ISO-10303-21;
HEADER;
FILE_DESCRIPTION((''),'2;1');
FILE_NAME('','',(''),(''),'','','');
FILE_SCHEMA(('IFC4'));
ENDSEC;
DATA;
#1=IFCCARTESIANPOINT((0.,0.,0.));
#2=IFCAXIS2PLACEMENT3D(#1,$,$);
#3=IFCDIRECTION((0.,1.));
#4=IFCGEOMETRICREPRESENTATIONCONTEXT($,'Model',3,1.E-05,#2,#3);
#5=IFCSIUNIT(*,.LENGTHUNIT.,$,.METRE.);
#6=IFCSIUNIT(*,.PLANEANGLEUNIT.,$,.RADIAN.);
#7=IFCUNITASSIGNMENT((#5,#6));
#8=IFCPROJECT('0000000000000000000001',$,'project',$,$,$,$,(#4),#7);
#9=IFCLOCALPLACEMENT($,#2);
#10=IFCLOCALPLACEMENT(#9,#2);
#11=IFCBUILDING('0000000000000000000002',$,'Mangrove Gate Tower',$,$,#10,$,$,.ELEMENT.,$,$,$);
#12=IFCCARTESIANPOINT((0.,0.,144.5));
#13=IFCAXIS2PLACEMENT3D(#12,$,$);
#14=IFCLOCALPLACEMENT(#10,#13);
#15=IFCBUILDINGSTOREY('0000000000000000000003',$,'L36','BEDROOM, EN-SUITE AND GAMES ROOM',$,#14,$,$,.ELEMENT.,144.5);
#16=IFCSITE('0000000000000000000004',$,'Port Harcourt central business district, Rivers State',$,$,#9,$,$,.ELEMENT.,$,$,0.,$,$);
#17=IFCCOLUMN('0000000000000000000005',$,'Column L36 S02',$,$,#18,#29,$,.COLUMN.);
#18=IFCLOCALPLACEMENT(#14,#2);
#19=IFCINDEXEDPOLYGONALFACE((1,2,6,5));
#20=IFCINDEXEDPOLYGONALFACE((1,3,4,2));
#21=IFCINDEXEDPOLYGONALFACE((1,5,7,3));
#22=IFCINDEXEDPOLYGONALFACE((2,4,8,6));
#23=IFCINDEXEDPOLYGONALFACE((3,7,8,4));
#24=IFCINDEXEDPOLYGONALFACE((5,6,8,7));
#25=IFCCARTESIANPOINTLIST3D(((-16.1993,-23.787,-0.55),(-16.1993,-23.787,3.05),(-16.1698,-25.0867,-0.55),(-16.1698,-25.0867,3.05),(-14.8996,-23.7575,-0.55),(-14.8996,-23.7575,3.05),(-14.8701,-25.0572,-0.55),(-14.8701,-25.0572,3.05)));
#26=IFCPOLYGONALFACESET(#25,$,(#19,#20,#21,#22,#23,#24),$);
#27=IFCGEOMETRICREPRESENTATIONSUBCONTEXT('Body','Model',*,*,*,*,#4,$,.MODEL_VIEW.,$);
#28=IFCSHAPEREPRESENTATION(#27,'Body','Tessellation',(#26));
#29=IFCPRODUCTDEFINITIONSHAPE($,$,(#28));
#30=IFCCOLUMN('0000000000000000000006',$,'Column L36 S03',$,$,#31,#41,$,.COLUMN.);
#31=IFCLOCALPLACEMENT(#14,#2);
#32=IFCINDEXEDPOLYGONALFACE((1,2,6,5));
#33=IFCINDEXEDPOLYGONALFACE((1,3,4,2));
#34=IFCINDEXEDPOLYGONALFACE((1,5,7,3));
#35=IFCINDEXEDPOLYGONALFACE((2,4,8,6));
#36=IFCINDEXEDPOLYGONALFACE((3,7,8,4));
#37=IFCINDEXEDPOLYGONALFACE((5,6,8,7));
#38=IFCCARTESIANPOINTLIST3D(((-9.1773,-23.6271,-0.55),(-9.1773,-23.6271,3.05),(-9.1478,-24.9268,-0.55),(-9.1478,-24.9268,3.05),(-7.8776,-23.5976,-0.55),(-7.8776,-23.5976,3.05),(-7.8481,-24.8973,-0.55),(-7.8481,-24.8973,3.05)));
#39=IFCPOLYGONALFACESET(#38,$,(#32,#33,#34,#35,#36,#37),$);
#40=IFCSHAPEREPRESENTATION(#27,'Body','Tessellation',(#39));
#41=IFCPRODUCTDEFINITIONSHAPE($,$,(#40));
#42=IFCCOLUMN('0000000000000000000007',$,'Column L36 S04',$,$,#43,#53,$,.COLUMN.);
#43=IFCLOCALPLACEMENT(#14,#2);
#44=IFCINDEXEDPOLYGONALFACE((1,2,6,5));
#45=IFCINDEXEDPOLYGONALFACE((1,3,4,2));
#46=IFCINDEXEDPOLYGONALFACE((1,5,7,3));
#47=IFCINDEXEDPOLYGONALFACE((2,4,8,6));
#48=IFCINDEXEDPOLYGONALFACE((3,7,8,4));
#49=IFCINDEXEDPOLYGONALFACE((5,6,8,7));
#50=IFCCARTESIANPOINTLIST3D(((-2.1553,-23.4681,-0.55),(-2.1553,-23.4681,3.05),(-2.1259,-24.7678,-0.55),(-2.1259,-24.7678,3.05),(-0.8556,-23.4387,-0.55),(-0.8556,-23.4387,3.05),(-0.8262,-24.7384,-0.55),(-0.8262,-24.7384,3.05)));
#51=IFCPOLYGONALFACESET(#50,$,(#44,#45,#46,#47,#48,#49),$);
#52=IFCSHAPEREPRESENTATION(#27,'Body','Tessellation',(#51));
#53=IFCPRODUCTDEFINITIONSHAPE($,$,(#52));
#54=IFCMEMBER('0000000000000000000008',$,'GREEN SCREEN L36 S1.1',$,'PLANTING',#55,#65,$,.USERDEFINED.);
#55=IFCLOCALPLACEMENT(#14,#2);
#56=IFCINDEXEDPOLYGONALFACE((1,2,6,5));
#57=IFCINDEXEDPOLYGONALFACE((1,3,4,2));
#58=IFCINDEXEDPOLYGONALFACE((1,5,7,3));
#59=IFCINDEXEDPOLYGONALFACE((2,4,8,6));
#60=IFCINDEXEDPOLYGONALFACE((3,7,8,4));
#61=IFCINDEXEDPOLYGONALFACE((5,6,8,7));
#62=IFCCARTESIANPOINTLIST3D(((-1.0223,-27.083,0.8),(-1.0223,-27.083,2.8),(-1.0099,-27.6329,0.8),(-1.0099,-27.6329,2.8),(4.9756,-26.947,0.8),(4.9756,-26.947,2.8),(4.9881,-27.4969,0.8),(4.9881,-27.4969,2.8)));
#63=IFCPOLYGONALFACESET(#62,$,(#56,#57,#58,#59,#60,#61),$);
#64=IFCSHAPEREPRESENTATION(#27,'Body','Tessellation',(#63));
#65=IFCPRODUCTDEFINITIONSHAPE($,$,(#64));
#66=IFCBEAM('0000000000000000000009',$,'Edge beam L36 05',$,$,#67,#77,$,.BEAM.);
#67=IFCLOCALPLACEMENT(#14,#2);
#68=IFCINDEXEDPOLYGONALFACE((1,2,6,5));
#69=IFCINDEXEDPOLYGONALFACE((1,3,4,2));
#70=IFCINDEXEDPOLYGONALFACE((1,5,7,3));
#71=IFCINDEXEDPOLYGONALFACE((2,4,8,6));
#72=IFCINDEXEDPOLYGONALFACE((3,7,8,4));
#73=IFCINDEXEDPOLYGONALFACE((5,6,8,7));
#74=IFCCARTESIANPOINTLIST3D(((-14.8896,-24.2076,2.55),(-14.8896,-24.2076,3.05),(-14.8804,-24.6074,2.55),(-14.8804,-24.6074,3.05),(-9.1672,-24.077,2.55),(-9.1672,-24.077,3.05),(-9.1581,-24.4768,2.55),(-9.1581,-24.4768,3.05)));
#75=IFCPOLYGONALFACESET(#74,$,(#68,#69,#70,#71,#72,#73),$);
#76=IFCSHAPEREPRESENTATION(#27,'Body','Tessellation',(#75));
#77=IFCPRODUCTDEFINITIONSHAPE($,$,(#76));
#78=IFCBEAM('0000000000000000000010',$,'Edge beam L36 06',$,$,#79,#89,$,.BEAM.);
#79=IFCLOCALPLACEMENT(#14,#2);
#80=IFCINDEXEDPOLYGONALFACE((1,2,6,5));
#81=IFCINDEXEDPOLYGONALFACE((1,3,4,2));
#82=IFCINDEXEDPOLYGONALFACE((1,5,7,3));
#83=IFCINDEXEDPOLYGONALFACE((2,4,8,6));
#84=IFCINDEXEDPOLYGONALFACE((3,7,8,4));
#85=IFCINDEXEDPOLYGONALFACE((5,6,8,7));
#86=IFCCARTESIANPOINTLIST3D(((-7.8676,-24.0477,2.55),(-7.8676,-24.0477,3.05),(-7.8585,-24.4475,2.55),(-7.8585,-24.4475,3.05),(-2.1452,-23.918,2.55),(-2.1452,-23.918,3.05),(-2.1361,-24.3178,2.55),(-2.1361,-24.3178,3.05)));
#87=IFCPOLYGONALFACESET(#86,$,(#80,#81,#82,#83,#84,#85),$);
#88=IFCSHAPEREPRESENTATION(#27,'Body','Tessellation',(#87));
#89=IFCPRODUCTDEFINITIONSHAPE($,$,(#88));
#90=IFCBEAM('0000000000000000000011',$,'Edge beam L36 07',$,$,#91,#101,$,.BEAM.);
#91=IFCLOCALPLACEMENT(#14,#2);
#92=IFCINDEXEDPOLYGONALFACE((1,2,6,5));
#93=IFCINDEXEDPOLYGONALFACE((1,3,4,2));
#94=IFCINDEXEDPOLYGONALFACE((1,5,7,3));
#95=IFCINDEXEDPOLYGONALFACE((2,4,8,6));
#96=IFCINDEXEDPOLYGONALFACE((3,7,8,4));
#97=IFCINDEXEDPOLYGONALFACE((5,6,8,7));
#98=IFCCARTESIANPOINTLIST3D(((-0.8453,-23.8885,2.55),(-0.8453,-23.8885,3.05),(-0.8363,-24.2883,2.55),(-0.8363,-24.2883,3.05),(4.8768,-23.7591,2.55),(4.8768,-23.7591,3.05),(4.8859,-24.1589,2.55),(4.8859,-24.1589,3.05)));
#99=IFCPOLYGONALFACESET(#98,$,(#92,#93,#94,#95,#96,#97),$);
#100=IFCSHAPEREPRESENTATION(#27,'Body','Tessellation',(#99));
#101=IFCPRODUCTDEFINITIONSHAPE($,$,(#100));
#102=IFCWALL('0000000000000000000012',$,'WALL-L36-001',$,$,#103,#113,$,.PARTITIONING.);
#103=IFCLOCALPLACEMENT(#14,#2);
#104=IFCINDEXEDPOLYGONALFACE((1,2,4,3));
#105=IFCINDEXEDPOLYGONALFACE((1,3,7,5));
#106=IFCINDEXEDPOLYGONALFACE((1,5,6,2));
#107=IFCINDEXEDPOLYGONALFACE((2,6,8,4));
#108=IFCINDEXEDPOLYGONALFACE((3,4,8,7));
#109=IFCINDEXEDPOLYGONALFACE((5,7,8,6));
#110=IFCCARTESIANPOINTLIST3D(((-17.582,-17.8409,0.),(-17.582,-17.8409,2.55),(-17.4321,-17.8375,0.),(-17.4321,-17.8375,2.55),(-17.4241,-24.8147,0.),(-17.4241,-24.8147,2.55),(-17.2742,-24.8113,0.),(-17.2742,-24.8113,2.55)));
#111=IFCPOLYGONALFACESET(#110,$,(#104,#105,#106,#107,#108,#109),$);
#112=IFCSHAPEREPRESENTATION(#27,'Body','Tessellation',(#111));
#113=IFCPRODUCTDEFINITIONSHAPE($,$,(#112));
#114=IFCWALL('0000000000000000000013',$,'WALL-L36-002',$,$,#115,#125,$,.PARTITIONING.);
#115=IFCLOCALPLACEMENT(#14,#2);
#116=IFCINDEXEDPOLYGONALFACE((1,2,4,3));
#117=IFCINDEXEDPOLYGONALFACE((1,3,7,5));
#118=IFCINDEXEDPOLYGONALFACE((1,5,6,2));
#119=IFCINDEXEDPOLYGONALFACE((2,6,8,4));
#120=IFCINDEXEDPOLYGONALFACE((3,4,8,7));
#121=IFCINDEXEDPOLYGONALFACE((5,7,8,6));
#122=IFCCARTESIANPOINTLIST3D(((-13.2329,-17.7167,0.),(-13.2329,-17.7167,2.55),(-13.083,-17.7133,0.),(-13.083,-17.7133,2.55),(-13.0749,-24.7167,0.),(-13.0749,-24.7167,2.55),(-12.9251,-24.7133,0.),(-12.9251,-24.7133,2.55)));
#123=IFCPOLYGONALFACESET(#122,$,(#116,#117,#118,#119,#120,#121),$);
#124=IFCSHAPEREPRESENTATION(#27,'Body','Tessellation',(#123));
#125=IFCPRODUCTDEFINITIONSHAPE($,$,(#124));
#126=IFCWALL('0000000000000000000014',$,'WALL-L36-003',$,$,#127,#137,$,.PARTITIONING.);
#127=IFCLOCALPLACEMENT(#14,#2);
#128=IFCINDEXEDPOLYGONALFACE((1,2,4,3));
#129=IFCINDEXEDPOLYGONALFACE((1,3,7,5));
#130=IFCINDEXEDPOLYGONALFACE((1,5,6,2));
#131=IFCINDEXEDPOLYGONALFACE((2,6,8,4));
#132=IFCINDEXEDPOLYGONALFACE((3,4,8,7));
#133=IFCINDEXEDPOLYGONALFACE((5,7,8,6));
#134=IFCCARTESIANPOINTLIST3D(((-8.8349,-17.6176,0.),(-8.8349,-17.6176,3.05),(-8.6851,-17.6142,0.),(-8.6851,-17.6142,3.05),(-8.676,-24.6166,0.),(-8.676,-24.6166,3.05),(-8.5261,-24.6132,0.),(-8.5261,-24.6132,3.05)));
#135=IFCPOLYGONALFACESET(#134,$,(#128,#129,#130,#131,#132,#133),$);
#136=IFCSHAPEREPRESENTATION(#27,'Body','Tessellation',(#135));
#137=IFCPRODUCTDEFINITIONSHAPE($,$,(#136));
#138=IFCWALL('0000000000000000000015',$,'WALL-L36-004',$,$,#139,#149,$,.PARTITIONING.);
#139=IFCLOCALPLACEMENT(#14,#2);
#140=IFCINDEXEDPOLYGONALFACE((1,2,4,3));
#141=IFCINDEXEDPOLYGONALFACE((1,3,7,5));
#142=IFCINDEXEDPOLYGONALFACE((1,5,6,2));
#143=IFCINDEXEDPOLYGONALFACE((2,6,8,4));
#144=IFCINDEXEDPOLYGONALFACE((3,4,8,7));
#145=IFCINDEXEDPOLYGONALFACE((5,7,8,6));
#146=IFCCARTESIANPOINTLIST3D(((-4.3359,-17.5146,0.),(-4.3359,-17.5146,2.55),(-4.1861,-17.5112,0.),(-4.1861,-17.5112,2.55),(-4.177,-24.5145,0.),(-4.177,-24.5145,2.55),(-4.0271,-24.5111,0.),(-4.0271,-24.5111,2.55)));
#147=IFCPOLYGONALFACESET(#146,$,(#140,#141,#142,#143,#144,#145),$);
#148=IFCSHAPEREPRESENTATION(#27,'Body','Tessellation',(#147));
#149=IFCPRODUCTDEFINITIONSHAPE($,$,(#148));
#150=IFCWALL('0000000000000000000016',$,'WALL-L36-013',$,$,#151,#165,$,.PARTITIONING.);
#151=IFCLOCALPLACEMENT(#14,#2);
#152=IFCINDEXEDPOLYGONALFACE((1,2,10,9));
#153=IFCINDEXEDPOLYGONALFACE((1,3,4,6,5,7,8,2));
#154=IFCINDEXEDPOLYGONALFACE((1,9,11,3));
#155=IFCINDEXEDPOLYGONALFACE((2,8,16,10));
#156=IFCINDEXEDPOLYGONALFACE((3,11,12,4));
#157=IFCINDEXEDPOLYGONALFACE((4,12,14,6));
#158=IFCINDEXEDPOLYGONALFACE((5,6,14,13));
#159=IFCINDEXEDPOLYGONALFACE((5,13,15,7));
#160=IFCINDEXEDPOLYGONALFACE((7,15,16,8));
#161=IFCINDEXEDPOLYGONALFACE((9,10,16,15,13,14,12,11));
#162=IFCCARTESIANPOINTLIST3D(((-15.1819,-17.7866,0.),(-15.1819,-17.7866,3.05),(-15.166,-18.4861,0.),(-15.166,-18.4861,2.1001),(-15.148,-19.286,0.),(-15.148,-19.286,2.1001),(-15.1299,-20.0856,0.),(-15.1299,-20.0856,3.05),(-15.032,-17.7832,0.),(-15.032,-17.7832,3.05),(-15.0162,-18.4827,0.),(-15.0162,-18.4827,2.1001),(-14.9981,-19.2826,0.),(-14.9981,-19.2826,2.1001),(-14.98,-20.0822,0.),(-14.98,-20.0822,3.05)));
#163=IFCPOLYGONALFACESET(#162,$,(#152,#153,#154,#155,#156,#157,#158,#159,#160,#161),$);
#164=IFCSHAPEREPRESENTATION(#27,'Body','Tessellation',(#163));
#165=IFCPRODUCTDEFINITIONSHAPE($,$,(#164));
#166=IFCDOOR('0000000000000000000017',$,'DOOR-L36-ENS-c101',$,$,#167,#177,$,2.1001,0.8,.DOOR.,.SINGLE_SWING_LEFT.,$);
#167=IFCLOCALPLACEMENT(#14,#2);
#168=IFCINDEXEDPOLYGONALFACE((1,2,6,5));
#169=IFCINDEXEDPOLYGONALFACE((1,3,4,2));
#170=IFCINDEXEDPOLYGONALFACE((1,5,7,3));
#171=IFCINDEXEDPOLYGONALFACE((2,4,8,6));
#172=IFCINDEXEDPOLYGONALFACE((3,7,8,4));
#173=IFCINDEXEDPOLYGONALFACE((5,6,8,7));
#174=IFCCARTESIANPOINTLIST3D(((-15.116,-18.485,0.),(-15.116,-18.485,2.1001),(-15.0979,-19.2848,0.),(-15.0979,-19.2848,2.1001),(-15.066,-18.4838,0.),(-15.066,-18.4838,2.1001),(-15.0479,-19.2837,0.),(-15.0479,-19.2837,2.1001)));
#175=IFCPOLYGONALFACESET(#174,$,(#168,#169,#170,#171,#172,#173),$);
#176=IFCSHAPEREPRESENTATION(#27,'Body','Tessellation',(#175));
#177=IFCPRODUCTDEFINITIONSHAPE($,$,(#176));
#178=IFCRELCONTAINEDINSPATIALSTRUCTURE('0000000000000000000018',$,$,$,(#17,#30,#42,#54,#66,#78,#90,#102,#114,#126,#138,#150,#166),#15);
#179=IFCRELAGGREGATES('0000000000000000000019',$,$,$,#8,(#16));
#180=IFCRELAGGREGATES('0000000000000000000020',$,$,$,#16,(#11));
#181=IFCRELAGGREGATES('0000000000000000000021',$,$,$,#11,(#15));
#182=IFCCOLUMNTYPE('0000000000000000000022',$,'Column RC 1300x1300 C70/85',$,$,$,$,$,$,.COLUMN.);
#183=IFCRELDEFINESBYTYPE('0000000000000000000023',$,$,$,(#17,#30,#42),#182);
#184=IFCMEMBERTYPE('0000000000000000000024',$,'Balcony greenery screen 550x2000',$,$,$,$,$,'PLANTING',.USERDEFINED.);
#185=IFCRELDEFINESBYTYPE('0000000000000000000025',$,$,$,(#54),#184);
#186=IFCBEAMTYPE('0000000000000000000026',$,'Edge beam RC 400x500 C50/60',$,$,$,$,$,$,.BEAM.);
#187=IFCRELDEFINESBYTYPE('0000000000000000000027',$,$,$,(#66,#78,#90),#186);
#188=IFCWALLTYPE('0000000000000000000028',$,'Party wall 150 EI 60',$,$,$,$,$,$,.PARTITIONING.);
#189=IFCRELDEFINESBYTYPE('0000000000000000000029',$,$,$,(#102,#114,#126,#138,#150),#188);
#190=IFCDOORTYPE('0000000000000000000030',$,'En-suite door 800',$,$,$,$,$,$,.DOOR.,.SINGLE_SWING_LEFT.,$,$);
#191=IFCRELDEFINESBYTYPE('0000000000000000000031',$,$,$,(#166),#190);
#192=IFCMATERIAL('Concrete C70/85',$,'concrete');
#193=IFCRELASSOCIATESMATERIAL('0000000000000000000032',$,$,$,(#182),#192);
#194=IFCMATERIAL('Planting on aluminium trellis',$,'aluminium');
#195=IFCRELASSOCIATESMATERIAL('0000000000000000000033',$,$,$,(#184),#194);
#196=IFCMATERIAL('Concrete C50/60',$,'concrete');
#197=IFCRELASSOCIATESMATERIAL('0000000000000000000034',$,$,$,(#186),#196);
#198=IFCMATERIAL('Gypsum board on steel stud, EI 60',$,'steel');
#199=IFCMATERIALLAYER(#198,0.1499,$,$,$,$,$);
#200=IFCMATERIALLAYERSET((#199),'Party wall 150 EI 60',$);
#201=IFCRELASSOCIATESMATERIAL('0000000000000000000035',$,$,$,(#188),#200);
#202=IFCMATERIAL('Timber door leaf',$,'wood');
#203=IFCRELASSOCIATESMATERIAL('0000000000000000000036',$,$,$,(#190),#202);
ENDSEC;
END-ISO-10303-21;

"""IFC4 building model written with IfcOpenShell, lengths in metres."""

from ifc_helpers import new_model, si_unit, direction, frame, frame_2d, origin, origin_2d, place, context, subcontext, project, spatial, rectangle, extrude, material, layer, layer_set, material_profile, profile_set, type_object, element, fill, save


model = new_model("IFC4")

# Units and contexts
model_context = context("Model", 3, precision=1e-05, world=origin(), true_north=direction((0.0, 1.0)))
body_context = subcontext(model_context, "Body", "Model", "MODEL_VIEW")
ifc_project = project(units=[si_unit("LENGTHUNIT", "METRE"), si_unit("PLANEANGLEUNIT", "RADIAN")], contexts=[model_context])

# Site, building, storey
site_placement = place(None, origin())
site = spatial("IfcSite", under=ifc_project, at=site_placement, Name="Port Harcourt central business district, Rivers State", CompositionType="ELEMENT", RefElevation=0.0)
building_placement = place(site_placement, origin())
building = spatial("IfcBuilding", under=site, at=building_placement, Name="Mangrove Gate Tower", CompositionType="ELEMENT")
storey_placement = place(building_placement, frame((0.0, 0.0, 144.5)))
storey = spatial("IfcBuildingStorey", under=building, at=storey_placement, Name="L36", Description="BEDROOM, EN-SUITE AND GAMES ROOM", CompositionType="ELEMENT", Elevation=144.5)

# Columns
ifc_material_1 = material(Name="Concrete C70/85", Category="concrete")
ifc_material_profile_1 = material_profile(ifc_material_1, rectangle(XDim=1.3, YDim=1.3, at=origin_2d()))
ifc_profile_set_1 = profile_set([ifc_material_profile_1], Name="Concrete C70/85")
column_type = type_object("IfcColumnType", Name="Column RC 1300x1300 C70/85", PredefinedType="COLUMN", material=ifc_profile_set_1)
for number, where, z_axis, x_axis, name in (
    (1, (-15.5347, -24.4221, -0.55), (0.0, 0.0, 1.0), (0.999742, 0.022708, 0.0), "Column L36 S02"),
    (2, (-8.5127, -24.2622, -0.55), (0.0, 0.0, 1.0), (0.999742, 0.022708, 0.0), "Column L36 S03"),
    (3, (-1.4907, -24.1033, -0.55), (0.0, 0.0, 1.0), (0.999744, 0.022637, 0.0), "Column L36 S04"),
):
    element("IfcColumn", number, at=place(storey_placement, frame(where, z_axis=z_axis, x_axis=x_axis)), inside=storey, type_object=column_type, Name=name, PredefinedType="COLUMN", context=body_context, shape_type="SweptSolid", body=[
        extrude(rectangle(XDim=1.3, YDim=1.3, at=origin_2d()), origin(), (0.0, 0.0, 1.0), 3.6001),
    ])

# Member
ifc_material_2 = material(Name="Planting on aluminium trellis", Category="aluminium")
ifc_material_profile_2 = material_profile(ifc_material_2, rectangle(XDim=0.55, YDim=2.0, at=origin_2d()))
ifc_profile_set_2 = profile_set([ifc_material_profile_2], Name="Planting on aluminium trellis")
member_type = type_object("IfcMemberType", Name="Balcony greenery screen 550x2000", ElementType="PLANTING", PredefinedType="USERDEFINED", material=ifc_profile_set_2)
member_placement = place(storey_placement, frame((-1.0161, -27.3579, 1.8), z_axis=(0.999743, 0.022666, 0.0), x_axis=(-0.022666, 0.999743, 0.0)))
element("IfcMember", 4, at=member_placement, inside=storey, type_object=member_type, Name="GREEN SCREEN L36 S1.1", ObjectType="PLANTING", PredefinedType="USERDEFINED", context=body_context, shape_type="SweptSolid", body=[
    extrude(rectangle(XDim=0.55, YDim=2.0, at=origin_2d()), origin(), (0.0, 0.0, 1.0), 5.9995),
])

# Beams
ifc_material_3 = material(Name="Concrete C50/60", Category="concrete")
ifc_material_profile_3 = material_profile(ifc_material_3, rectangle(XDim=0.3999, YDim=0.5, at=origin_2d()))
ifc_profile_set_3 = profile_set([ifc_material_profile_3], Name="Concrete C50/60")
beam_type = type_object("IfcBeamType", Name="Edge beam RC 400x500 C50/60", PredefinedType="BEAM", material=ifc_profile_set_3)
for number, where, z_axis, x_axis, name in (
    (5, (-14.885, -24.4075, 2.8), (0.99974, 0.022819, 0.0), (-0.022819, 0.99974, 0.0), "Edge beam L36 05"),
    (6, (-7.863, -24.2476, 2.8), (0.999743, 0.022649, 0.0), (-0.022649, 0.999743, 0.0), "Edge beam L36 06"),
):
    element("IfcBeam", number, at=place(storey_placement, frame(where, z_axis=z_axis, x_axis=x_axis)), inside=storey, type_object=beam_type, Name=name, PredefinedType="BEAM", context=body_context, shape_type="SweptSolid", body=[
        extrude(rectangle(XDim=0.3999, YDim=0.5, at=origin_2d()), origin(), (0.0, 0.0, 1.0), 5.7239),
    ])
beam_placement = place(storey_placement, frame((-0.8408, -24.0884, 2.8), z_axis=(0.999744, 0.022607, 0.0), x_axis=(-0.022607, 0.999744, 0.0)))
element("IfcBeam", 7, at=beam_placement, inside=storey, type_object=beam_type, Name="Edge beam L36 07", PredefinedType="BEAM", context=body_context, shape_type="SweptSolid", body=[
    extrude(rectangle(XDim=0.3999, YDim=0.5, at=origin_2d()), origin(), (0.0, 0.0, 1.0), 5.7236),
])

# Walls
ifc_material_4 = material(Name="Gypsum board on steel stud, EI 60", Category="steel")
ifc_layer_1 = layer(ifc_material_4, 0.1499)
ifc_layer_set_1 = layer_set([ifc_layer_1], Name="Party wall 150 EI 60")
wall_type_1 = type_object("IfcWallType", Name="Party wall 150 EI 60", PredefinedType="PARTITIONING", material=ifc_layer_set_1)
wall_1_placement = place(storey_placement, frame((-17.3491, -24.813, 0.0), z_axis=(0.0, 0.0, 1.0), x_axis=(-0.022644, 0.999744, 0.0)))
element("IfcWall", 8, at=wall_1_placement, inside=storey, type_object=wall_type_1, Name="WALL-L36-001", PredefinedType="PARTITIONING", context=body_context, shape_type="SweptSolid", body=[
    extrude(rectangle(XDim=6.9756, YDim=0.1499, at=frame_2d((3.4878, 0.0))), origin(), (0.0, 0.0, 1.0), 2.55),
])
wall_2_placement = place(storey_placement, frame((-13.0, -24.7151, 0.0), z_axis=(0.0, 0.0, 1.0), x_axis=(-0.02256, 0.999745, 0.0)))
element("IfcWall", 9, at=wall_2_placement, inside=storey, type_object=wall_type_1, Name="WALL-L36-002", PredefinedType="PARTITIONING", context=body_context, shape_type="SweptSolid", body=[
    extrude(rectangle(XDim=7.0017, YDim=0.1499, at=frame_2d((3.501, 0.0))), origin(), (0.0, 0.0, 1.0), 2.55),
])
wall_3_placement = place(storey_placement, frame((-8.6011, -24.615, 0.0), z_axis=(0.0, 0.0, 1.0), x_axis=(-0.022702, 0.999742, 0.0)))
element("IfcWall", 10, at=wall_3_placement, inside=storey, type_object=wall_type_1, Name="WALL-L36-003", PredefinedType="PARTITIONING", context=body_context, shape_type="SweptSolid", body=[
    extrude(rectangle(XDim=7.0007, YDim=0.1499, at=frame_2d((3.5005, 0.0))), origin(), (0.0, 0.0, 1.0), 3.05),
])
wall_4_placement = place(storey_placement, frame((-4.1021, -24.5129, 0.0), z_axis=(0.0, 0.0, 1.0), x_axis=(-0.022699, 0.999742, 0.0)))
element("IfcWall", 11, at=wall_4_placement, inside=storey, type_object=wall_type_1, Name="WALL-L36-004", PredefinedType="PARTITIONING", context=body_context, shape_type="SweptSolid", body=[
    extrude(rectangle(XDim=7.0017, YDim=0.1499, at=frame_2d((3.501, 0.0))), origin(), (0.0, 0.0, 1.0), 2.55),
])

# Wall, opening, door
wall_5_placement = place(storey_placement, frame((-15.0549, -20.084, 0.0), z_axis=(0.0, 0.0, 1.0), x_axis=(-0.022613, 0.999744, 0.0)))
wall_5 = element("IfcWall", 12, at=wall_5_placement, inside=storey, type_object=wall_type_1, Name="WALL-L36-013", PredefinedType="PARTITIONING", context=body_context, shape_type="SweptSolid", body=[
    extrude(rectangle(XDim=2.2996, YDim=0.1499, at=frame_2d((1.1499, 0.0))), origin(), (0.0, 0.0, 1.0), 3.05),
])
opening_1_placement = place(wall_5_placement, frame((0.8, 0.0, 0.0)))
opening_1 = element("IfcOpeningElement", 13, at=opening_1_placement, cuts=wall_5, PredefinedType="OPENING", context=body_context, shape_type="SweptSolid", body=[
    extrude(rectangle(XDim=0.8, YDim=2.1001, at=frame_2d((0.3999, 1.05))), frame((0.0, 0.085, 0.0), z_axis=(0.0, -1.0, 0.0), x_axis=(1.0, 0.0, 0.0)), (0.0, 0.0, 1.0), 0.1699),
])
ifc_material_5 = material(Name="Timber door leaf", Category="wood")
door_type = type_object("IfcDoorType", Name="En-suite door 800", OperationType="SINGLE_SWING_LEFT", PredefinedType="DOOR", material=ifc_material_5)
door_1_placement = place(opening_1_placement, origin())
door_1 = element("IfcDoor", 14, at=door_1_placement, inside=storey, type_object=door_type, Name="DOOR-L36-ENS-c101", OperationType="SINGLE_SWING_LEFT", OverallHeight=2.1001, OverallWidth=0.8, PredefinedType="DOOR", context=body_context, shape_type="SweptSolid", body=[
    extrude(rectangle(XDim=0.8, YDim=2.1001, at=frame_2d((0.3999, 1.05))), frame((0.0, 0.0249, 0.0), z_axis=(0.0, -1.0, 0.0), x_axis=(1.0, 0.0, 0.0)), (0.0, 0.0, 1.0), 0.05),
])
fill(opening_1, door_1)

save(model, "model.ifc")
